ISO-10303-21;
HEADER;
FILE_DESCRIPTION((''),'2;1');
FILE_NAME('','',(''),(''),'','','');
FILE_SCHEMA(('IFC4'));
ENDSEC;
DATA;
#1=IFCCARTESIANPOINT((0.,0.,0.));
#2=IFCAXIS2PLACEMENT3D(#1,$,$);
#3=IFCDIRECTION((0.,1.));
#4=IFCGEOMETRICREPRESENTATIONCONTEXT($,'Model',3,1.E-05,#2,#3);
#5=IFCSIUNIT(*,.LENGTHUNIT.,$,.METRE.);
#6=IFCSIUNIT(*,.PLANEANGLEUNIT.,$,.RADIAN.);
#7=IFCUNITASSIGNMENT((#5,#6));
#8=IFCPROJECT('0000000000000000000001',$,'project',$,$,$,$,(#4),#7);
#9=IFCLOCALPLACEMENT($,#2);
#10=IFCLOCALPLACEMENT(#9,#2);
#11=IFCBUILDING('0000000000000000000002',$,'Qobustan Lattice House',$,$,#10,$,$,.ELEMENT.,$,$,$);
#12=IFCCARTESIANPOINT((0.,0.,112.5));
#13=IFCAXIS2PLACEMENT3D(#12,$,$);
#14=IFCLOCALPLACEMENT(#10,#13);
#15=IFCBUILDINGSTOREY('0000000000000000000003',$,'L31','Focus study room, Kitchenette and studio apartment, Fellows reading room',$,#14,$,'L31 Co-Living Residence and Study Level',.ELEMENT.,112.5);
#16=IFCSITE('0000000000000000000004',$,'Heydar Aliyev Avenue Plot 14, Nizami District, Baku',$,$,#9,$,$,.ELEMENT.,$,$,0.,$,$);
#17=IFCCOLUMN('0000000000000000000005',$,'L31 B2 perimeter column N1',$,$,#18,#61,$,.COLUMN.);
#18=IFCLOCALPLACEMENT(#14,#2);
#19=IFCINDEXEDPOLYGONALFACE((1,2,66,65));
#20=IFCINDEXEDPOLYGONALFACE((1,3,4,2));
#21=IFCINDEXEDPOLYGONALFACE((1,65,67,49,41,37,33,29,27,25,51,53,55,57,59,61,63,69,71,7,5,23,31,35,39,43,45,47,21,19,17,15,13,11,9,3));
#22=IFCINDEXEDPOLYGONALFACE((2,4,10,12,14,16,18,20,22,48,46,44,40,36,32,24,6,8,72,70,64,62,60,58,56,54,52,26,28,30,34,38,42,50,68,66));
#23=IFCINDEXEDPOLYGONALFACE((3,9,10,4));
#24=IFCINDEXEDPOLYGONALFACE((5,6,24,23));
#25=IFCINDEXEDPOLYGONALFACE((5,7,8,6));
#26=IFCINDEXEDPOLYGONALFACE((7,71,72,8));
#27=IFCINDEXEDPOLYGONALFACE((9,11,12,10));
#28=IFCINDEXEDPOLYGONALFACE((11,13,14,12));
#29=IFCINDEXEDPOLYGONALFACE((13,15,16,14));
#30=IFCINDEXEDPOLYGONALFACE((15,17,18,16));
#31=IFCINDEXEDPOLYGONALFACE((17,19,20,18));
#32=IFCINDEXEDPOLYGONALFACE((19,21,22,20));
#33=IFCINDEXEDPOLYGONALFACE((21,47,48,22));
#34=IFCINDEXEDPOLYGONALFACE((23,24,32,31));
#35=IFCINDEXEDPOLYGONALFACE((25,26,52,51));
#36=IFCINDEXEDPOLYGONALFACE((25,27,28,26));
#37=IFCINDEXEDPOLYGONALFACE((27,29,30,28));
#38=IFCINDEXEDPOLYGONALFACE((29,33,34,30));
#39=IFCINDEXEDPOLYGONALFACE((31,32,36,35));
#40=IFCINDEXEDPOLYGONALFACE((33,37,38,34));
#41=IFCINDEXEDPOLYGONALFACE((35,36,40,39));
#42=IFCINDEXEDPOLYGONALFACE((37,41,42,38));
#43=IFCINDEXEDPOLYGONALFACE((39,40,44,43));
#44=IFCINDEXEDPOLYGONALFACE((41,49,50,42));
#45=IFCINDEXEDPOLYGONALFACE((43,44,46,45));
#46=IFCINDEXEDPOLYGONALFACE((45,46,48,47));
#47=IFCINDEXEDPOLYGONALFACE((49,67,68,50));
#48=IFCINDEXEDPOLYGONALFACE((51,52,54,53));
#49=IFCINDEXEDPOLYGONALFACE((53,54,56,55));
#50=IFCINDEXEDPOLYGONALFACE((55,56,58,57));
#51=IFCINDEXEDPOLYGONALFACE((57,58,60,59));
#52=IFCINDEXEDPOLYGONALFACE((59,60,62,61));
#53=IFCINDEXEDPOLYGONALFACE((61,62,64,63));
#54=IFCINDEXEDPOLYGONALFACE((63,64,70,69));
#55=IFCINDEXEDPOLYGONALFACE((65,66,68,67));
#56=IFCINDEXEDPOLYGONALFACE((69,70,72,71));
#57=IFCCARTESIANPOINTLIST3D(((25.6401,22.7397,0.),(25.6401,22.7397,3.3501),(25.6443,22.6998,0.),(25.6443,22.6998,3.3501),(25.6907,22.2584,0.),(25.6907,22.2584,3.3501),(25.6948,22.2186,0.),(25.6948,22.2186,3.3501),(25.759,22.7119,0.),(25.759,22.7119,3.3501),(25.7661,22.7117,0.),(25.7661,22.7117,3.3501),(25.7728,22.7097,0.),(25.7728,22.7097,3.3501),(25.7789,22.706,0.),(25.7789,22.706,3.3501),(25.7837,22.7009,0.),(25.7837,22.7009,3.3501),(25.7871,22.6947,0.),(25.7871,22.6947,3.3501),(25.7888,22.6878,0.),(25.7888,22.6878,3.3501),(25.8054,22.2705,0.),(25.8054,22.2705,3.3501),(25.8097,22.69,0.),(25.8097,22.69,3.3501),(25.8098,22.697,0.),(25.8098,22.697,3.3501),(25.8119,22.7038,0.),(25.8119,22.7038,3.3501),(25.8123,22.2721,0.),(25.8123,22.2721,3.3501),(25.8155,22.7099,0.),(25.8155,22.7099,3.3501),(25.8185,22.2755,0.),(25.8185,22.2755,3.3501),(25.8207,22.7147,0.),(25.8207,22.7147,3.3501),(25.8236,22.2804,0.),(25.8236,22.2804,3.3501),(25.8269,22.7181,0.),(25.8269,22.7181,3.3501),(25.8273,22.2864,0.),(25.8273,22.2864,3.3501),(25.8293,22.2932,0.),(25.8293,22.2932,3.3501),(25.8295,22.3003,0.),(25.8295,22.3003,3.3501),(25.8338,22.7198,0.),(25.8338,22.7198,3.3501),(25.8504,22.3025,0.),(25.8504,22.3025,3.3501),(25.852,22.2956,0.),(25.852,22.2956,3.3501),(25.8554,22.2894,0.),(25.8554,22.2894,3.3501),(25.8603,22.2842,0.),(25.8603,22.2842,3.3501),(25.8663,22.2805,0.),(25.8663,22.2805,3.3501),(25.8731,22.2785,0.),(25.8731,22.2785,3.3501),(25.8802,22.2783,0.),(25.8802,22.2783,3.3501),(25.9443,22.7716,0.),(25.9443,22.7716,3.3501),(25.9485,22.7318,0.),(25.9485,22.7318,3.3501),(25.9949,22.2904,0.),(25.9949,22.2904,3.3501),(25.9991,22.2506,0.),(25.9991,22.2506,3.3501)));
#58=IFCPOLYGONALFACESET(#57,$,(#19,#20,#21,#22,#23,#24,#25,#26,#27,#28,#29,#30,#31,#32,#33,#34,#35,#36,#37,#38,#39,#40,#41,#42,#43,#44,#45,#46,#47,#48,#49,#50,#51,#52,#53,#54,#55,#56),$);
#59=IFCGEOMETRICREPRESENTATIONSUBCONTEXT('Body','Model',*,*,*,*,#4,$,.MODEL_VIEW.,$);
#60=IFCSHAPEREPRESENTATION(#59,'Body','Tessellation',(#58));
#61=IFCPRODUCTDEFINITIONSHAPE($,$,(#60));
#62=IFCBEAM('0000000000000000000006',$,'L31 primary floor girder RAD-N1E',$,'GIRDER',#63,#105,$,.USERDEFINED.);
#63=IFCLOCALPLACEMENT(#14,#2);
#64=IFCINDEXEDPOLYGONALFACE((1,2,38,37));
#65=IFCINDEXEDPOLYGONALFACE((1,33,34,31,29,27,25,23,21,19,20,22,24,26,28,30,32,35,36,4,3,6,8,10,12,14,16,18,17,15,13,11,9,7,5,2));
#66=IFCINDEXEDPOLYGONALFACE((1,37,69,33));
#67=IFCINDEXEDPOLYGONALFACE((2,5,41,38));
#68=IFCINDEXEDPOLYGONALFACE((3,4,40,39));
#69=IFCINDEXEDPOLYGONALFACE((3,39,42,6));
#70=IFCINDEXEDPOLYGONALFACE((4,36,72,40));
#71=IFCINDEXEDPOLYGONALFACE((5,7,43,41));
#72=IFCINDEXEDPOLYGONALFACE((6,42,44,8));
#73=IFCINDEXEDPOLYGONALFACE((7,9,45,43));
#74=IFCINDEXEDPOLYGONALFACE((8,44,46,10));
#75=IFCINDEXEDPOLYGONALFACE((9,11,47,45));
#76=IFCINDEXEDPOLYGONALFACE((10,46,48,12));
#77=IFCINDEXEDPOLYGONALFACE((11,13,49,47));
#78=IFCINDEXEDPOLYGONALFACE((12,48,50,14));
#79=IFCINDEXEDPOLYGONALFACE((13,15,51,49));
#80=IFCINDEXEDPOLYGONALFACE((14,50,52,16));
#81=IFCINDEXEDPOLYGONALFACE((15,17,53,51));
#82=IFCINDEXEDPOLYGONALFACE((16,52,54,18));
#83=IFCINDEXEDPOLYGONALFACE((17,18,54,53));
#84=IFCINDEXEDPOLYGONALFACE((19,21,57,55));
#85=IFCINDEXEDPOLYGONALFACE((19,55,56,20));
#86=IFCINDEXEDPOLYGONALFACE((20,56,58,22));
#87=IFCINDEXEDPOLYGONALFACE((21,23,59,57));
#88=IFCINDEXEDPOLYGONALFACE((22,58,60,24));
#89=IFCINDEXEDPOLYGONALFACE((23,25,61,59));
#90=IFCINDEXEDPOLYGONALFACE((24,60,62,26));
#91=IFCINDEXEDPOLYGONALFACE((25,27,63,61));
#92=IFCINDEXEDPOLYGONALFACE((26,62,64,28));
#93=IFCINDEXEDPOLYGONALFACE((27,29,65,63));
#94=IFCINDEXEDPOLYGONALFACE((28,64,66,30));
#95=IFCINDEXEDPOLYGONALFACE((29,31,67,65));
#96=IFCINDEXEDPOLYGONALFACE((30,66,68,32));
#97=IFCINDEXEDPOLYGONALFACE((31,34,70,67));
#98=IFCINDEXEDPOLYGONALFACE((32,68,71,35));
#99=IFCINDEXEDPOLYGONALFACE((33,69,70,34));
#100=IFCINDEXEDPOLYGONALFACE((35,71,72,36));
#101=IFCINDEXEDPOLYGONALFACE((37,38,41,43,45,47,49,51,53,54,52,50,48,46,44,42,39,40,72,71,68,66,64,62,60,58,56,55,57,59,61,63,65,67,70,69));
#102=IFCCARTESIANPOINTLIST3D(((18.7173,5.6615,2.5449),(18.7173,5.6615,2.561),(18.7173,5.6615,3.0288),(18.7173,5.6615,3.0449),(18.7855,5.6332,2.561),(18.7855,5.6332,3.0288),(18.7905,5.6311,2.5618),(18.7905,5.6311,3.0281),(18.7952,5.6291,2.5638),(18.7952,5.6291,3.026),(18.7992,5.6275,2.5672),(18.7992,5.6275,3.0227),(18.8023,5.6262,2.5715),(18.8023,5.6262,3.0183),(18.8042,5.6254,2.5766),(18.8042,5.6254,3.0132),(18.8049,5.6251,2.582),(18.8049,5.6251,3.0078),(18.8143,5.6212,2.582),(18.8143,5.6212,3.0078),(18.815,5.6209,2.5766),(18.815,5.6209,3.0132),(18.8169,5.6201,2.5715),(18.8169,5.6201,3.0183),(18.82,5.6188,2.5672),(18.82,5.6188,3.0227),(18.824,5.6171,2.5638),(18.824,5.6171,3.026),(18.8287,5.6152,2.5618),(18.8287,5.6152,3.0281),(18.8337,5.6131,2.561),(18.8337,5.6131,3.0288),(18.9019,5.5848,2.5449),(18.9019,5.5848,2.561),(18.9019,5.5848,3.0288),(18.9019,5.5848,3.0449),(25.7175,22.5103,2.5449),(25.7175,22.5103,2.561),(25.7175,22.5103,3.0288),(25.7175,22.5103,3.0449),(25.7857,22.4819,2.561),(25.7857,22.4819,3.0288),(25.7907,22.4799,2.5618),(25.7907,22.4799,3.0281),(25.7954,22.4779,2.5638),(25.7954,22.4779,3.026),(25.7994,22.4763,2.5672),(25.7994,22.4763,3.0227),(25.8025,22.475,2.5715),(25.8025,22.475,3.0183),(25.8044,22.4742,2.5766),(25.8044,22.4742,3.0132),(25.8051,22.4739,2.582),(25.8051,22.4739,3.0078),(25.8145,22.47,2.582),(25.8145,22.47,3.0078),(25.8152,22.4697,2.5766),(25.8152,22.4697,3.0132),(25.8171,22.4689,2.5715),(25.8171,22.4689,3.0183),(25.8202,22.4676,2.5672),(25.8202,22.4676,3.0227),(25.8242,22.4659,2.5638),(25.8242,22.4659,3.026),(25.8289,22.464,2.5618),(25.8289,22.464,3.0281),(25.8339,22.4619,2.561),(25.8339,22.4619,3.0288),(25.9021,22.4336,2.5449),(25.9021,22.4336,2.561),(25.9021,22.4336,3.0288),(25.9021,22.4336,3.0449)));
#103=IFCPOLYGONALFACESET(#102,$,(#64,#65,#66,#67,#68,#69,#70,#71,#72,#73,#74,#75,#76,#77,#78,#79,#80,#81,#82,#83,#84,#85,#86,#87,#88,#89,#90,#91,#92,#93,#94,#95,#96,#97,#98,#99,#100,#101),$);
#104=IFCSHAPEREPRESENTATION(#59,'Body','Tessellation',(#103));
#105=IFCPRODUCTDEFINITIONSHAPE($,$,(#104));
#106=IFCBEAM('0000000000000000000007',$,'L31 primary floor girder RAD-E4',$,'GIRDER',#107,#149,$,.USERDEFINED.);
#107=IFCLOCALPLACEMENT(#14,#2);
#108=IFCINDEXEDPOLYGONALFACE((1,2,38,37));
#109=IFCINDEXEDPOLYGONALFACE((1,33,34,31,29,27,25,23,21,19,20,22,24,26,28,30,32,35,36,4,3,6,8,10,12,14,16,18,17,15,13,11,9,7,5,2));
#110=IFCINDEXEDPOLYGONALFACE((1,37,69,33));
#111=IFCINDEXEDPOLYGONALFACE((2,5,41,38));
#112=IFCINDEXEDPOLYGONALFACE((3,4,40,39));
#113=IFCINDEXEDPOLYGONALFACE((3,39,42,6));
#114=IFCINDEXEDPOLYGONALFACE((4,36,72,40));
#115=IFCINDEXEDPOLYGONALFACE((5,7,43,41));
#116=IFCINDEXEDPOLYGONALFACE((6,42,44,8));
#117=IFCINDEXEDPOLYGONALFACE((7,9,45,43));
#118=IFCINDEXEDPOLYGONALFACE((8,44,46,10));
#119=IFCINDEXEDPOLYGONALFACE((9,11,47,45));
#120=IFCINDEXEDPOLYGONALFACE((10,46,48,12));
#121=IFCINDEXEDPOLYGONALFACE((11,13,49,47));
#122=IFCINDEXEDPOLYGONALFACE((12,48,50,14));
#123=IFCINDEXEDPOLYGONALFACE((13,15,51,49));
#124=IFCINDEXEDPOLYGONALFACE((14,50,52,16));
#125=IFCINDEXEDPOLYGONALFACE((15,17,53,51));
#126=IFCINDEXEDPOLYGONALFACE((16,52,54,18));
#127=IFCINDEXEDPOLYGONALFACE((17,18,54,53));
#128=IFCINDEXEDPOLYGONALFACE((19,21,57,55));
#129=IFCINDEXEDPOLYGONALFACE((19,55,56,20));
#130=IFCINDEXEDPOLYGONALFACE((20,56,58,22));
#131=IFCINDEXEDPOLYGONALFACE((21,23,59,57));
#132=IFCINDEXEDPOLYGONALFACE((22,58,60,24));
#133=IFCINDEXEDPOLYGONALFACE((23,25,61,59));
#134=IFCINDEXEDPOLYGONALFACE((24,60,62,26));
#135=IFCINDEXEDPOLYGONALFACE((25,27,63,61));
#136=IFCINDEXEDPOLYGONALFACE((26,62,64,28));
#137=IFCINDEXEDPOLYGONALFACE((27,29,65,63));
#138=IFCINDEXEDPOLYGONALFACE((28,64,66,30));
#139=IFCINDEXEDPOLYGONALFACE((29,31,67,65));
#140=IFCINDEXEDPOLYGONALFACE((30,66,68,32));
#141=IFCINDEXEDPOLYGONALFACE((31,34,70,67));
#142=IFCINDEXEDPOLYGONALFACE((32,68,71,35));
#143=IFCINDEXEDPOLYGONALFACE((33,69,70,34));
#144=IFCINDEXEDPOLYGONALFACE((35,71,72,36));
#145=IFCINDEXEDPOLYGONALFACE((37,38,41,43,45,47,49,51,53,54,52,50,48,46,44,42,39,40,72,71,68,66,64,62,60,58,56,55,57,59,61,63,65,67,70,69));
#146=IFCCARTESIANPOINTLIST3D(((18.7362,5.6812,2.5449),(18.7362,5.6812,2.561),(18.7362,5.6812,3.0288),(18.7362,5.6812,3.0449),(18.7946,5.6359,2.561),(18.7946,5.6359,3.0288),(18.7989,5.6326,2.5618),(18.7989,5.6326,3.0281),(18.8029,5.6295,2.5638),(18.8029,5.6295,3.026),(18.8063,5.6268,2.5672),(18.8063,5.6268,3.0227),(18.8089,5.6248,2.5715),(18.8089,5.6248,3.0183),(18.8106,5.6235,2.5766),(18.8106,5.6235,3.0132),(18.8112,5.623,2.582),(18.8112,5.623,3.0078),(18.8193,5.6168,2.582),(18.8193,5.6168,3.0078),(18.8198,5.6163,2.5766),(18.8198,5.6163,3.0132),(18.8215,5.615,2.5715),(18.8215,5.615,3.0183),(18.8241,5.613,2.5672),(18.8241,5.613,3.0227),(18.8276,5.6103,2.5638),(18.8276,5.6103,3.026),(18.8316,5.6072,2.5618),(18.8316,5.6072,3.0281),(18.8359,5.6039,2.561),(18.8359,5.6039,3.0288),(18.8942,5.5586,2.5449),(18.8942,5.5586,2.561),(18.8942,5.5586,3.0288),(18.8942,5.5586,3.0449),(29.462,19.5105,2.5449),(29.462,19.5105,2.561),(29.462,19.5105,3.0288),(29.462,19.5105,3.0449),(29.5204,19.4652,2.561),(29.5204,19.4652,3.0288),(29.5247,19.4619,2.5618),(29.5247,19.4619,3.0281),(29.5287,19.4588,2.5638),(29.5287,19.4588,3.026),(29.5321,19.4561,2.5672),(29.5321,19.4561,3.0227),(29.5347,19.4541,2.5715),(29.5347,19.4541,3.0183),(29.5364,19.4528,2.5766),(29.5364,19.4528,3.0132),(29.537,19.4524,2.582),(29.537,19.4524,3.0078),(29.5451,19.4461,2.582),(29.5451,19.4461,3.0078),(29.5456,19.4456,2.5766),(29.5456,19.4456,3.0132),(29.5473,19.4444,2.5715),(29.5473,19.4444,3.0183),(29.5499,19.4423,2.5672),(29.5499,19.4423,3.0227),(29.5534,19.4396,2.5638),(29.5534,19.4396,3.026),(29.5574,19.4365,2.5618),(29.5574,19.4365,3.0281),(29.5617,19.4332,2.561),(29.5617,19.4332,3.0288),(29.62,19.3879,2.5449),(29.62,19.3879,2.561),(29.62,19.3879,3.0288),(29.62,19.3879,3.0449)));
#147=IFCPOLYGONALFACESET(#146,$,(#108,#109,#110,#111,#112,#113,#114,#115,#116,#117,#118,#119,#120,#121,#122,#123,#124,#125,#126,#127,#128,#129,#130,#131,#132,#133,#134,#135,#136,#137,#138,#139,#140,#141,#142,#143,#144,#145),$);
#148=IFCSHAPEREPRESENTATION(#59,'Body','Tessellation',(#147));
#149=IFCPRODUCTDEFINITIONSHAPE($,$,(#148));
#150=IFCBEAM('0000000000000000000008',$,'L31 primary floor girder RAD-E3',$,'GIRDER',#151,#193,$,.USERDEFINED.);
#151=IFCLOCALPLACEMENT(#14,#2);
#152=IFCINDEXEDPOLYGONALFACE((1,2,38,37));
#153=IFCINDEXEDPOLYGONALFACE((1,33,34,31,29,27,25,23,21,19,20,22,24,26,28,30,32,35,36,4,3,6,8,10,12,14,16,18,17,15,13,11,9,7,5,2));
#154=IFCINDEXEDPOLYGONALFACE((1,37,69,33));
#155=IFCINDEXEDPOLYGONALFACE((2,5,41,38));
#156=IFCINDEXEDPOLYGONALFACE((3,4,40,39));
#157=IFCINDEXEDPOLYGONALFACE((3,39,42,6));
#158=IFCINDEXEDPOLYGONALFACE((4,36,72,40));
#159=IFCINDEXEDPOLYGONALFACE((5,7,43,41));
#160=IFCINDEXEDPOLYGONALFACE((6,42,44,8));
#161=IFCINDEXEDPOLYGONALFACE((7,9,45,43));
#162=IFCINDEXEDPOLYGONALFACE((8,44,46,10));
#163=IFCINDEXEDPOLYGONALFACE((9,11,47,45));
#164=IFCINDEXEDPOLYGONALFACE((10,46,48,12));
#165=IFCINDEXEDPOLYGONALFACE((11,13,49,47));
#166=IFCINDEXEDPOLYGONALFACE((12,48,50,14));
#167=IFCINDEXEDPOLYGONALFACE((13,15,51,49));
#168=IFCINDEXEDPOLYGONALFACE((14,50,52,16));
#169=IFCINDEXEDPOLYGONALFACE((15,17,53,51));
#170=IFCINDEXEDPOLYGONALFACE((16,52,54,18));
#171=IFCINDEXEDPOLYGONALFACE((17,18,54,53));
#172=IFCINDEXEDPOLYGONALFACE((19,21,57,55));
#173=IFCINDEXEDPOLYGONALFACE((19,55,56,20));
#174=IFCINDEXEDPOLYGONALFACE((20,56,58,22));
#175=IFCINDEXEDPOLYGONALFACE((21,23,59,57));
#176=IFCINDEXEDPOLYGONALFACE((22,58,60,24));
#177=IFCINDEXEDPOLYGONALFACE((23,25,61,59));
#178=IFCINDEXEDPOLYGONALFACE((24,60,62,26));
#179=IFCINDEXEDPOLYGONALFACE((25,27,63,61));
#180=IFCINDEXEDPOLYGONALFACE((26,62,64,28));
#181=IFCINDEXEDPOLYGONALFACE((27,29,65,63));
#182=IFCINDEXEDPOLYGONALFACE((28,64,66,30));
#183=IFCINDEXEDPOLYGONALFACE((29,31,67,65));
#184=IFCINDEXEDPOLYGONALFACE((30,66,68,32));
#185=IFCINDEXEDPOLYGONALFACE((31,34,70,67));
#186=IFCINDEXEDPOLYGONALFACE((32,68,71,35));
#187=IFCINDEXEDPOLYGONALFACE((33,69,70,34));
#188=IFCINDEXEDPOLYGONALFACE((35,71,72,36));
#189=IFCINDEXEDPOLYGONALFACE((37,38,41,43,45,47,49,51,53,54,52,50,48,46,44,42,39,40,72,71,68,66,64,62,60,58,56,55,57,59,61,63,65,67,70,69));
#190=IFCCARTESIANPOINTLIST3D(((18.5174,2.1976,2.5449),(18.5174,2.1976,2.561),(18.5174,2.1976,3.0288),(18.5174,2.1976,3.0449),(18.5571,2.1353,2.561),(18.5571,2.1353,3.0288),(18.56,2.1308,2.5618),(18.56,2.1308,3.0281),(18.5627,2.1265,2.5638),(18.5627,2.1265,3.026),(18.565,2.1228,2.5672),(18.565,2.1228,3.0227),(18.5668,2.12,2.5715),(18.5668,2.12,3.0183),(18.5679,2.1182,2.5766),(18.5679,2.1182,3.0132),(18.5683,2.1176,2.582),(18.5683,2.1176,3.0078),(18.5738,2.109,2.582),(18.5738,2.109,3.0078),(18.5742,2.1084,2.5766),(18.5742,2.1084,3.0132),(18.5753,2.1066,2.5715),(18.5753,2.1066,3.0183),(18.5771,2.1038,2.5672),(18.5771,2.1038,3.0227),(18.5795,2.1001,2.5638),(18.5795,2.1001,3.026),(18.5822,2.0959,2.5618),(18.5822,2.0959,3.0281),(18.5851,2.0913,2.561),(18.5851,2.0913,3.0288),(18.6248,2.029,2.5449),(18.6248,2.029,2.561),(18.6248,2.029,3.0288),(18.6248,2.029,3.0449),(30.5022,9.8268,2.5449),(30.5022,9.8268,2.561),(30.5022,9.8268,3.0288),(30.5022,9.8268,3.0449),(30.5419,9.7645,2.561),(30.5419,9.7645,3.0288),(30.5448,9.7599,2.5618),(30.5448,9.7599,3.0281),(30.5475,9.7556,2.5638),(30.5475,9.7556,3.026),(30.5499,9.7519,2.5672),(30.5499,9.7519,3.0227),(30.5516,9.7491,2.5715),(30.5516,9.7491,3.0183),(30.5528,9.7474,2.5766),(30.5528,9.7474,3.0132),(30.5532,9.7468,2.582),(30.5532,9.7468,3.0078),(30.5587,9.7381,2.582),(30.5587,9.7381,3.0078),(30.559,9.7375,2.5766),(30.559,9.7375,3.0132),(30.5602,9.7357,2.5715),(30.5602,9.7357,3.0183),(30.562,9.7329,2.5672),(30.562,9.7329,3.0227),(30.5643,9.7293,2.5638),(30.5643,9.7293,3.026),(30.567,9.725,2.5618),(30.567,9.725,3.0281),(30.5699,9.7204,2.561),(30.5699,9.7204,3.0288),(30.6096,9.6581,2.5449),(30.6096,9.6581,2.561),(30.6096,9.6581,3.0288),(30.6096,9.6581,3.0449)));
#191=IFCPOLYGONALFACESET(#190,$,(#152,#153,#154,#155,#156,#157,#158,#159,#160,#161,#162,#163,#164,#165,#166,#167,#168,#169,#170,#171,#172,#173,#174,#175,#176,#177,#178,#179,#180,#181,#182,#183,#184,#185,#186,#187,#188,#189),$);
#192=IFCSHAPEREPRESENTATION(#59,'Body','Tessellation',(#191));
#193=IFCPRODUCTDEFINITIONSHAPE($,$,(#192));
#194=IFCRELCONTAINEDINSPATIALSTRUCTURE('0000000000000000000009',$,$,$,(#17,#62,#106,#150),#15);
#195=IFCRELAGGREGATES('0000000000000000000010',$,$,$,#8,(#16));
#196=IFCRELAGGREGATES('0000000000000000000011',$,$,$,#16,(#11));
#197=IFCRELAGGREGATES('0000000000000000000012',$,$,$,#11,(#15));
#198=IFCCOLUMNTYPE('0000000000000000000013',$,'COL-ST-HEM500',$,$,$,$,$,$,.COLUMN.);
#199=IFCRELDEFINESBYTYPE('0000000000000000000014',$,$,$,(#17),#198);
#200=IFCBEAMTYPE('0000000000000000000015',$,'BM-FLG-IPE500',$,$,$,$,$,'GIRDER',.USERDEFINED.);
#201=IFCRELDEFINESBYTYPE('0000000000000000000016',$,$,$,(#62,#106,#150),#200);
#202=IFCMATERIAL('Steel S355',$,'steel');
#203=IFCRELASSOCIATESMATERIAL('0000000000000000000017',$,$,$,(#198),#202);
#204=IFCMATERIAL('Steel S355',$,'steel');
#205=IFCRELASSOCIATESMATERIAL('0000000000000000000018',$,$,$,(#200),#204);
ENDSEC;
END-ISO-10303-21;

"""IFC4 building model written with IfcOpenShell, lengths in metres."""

from ifc_helpers import new_model, si_unit, direction, frame, origin, origin_2d, place, context, subcontext, project, spatial, i_section, extrude, material, material_profile, profile_set, type_object, element, save


model = new_model("IFC4")

# Units and contexts
model_context = context("Model", 3, precision=1e-05, world=origin(), true_north=direction((0.0, 1.0)))
body_context = subcontext(model_context, "Body", "Model", "MODEL_VIEW")
ifc_project = project(units=[si_unit("LENGTHUNIT", "METRE"), si_unit("PLANEANGLEUNIT", "RADIAN")], contexts=[model_context])

# Site, building, storey
site_placement = place(None, origin())
site = spatial("IfcSite", under=ifc_project, at=site_placement, Name="Heydar Aliyev Avenue Plot 14, Nizami District, Baku", CompositionType="ELEMENT", RefElevation=0.0)
building_placement = place(site_placement, origin())
building = spatial("IfcBuilding", under=site, at=building_placement, Name="Qobustan Lattice House", CompositionType="ELEMENT")
storey_placement = place(building_placement, frame((0.0, 0.0, 112.5)))
storey = spatial("IfcBuildingStorey", under=building, at=storey_placement, Name="L31", Description="Focus study room, Kitchenette and studio apartment, Fellows reading room", LongName="L31 Co-Living Residence and Study Level", CompositionType="ELEMENT", Elevation=112.5)

# Column
ifc_material_1 = material(Name="Steel S355", Category="steel")
ifc_material_profile_1 = material_profile(ifc_material_1, i_section(OverallWidth=0.3059, OverallDepth=0.5239, WebThickness=0.021, FlangeThickness=0.04, FilletRadius=0.0271, at=origin_2d()), Name="HEM500")
ifc_profile_set_1 = profile_set([ifc_material_profile_1], Name="Steel S355")
column_type_1 = type_object("IfcColumnType", Name="COL-ST-HEM500", PredefinedType="COLUMN", material=ifc_profile_set_1)
column_1_placement = place(storey_placement, frame((25.8196, 22.4951, 0.0), z_axis=(0.0, 0.0, 1.0), x_axis=(0.994522, 0.104528, 0.0)))
element("IfcColumn", 1, at=column_1_placement, inside=storey, type_object=column_type_1, Name="L31 B2 perimeter column N1", PredefinedType="COLUMN", context=body_context, shape_type="SweptSolid", body=[
    extrude(i_section(OverallWidth=0.3059, OverallDepth=0.5239, WebThickness=0.021, FlangeThickness=0.04, FilletRadius=0.0271, at=origin_2d()), origin(), (0.0, 0.0, 1.0), 3.3501),
])

# Beams
ifc_material_2 = material(Name="Steel S355", Category="steel")
ifc_material_profile_2 = material_profile(ifc_material_2, i_section(OverallWidth=0.2, OverallDepth=0.5, WebThickness=0.0103, FlangeThickness=0.0161, FilletRadius=0.021, at=origin_2d()), Name="IPE500")
ifc_profile_set_2 = profile_set([ifc_material_profile_2], Name="Steel S355")
beam_type_1 = type_object("IfcBeamType", Name="BM-FLG-IPE500", ElementType="GIRDER", PredefinedType="USERDEFINED", material=ifc_profile_set_2)
beam_1_placement = place(storey_placement, frame((25.8098, 22.4719, 2.7949), z_axis=(-0.383676, -0.923468, 0.0), x_axis=(0.923468, -0.383676, 0.0)))
element("IfcBeam", 2, at=beam_1_placement, inside=storey, type_object=beam_type_1, Name="L31 primary floor girder RAD-N1E", ObjectType="GIRDER", PredefinedType="USERDEFINED", context=body_context, shape_type="SweptSolid", body=[
    extrude(i_section(OverallWidth=0.2, OverallDepth=0.5, WebThickness=0.0103, FlangeThickness=0.0161, FilletRadius=0.021, at=origin_2d()), origin(), (0.0, 0.0, 1.0), 18.2451),
])
beam_2_placement = place(storey_placement, frame((29.541, 19.4492, 2.7949), z_axis=(-0.61286, -0.790191, 0.0), x_axis=(0.790191, -0.61286, 0.0)))
element("IfcBeam", 3, at=beam_2_placement, inside=storey, type_object=beam_type_1, Name="L31 primary floor girder RAD-E4", ObjectType="GIRDER", PredefinedType="USERDEFINED", context=body_context, shape_type="SweptSolid", body=[
    extrude(i_section(OverallWidth=0.2, OverallDepth=0.5, WebThickness=0.0103, FlangeThickness=0.0161, FilletRadius=0.021, at=origin_2d()), origin(), (0.0, 0.0, 1.0), 17.5012),
])
beam_3_placement = place(storey_placement, frame((30.5559, 9.7424, 2.7949), z_axis=(-0.843584, -0.536997, 0.0), x_axis=(0.536997, -0.843584, 0.0)))
element("IfcBeam", 4, at=beam_3_placement, inside=storey, type_object=beam_type_1, Name="L31 primary floor girder RAD-E3", ObjectType="GIRDER", PredefinedType="USERDEFINED", context=body_context, shape_type="SweptSolid", body=[
    extrude(i_section(OverallWidth=0.2, OverallDepth=0.5, WebThickness=0.0103, FlangeThickness=0.0161, FilletRadius=0.021, at=origin_2d()), origin(), (0.0, 0.0, 1.0), 14.207),
])

save(model, "model.ifc")
